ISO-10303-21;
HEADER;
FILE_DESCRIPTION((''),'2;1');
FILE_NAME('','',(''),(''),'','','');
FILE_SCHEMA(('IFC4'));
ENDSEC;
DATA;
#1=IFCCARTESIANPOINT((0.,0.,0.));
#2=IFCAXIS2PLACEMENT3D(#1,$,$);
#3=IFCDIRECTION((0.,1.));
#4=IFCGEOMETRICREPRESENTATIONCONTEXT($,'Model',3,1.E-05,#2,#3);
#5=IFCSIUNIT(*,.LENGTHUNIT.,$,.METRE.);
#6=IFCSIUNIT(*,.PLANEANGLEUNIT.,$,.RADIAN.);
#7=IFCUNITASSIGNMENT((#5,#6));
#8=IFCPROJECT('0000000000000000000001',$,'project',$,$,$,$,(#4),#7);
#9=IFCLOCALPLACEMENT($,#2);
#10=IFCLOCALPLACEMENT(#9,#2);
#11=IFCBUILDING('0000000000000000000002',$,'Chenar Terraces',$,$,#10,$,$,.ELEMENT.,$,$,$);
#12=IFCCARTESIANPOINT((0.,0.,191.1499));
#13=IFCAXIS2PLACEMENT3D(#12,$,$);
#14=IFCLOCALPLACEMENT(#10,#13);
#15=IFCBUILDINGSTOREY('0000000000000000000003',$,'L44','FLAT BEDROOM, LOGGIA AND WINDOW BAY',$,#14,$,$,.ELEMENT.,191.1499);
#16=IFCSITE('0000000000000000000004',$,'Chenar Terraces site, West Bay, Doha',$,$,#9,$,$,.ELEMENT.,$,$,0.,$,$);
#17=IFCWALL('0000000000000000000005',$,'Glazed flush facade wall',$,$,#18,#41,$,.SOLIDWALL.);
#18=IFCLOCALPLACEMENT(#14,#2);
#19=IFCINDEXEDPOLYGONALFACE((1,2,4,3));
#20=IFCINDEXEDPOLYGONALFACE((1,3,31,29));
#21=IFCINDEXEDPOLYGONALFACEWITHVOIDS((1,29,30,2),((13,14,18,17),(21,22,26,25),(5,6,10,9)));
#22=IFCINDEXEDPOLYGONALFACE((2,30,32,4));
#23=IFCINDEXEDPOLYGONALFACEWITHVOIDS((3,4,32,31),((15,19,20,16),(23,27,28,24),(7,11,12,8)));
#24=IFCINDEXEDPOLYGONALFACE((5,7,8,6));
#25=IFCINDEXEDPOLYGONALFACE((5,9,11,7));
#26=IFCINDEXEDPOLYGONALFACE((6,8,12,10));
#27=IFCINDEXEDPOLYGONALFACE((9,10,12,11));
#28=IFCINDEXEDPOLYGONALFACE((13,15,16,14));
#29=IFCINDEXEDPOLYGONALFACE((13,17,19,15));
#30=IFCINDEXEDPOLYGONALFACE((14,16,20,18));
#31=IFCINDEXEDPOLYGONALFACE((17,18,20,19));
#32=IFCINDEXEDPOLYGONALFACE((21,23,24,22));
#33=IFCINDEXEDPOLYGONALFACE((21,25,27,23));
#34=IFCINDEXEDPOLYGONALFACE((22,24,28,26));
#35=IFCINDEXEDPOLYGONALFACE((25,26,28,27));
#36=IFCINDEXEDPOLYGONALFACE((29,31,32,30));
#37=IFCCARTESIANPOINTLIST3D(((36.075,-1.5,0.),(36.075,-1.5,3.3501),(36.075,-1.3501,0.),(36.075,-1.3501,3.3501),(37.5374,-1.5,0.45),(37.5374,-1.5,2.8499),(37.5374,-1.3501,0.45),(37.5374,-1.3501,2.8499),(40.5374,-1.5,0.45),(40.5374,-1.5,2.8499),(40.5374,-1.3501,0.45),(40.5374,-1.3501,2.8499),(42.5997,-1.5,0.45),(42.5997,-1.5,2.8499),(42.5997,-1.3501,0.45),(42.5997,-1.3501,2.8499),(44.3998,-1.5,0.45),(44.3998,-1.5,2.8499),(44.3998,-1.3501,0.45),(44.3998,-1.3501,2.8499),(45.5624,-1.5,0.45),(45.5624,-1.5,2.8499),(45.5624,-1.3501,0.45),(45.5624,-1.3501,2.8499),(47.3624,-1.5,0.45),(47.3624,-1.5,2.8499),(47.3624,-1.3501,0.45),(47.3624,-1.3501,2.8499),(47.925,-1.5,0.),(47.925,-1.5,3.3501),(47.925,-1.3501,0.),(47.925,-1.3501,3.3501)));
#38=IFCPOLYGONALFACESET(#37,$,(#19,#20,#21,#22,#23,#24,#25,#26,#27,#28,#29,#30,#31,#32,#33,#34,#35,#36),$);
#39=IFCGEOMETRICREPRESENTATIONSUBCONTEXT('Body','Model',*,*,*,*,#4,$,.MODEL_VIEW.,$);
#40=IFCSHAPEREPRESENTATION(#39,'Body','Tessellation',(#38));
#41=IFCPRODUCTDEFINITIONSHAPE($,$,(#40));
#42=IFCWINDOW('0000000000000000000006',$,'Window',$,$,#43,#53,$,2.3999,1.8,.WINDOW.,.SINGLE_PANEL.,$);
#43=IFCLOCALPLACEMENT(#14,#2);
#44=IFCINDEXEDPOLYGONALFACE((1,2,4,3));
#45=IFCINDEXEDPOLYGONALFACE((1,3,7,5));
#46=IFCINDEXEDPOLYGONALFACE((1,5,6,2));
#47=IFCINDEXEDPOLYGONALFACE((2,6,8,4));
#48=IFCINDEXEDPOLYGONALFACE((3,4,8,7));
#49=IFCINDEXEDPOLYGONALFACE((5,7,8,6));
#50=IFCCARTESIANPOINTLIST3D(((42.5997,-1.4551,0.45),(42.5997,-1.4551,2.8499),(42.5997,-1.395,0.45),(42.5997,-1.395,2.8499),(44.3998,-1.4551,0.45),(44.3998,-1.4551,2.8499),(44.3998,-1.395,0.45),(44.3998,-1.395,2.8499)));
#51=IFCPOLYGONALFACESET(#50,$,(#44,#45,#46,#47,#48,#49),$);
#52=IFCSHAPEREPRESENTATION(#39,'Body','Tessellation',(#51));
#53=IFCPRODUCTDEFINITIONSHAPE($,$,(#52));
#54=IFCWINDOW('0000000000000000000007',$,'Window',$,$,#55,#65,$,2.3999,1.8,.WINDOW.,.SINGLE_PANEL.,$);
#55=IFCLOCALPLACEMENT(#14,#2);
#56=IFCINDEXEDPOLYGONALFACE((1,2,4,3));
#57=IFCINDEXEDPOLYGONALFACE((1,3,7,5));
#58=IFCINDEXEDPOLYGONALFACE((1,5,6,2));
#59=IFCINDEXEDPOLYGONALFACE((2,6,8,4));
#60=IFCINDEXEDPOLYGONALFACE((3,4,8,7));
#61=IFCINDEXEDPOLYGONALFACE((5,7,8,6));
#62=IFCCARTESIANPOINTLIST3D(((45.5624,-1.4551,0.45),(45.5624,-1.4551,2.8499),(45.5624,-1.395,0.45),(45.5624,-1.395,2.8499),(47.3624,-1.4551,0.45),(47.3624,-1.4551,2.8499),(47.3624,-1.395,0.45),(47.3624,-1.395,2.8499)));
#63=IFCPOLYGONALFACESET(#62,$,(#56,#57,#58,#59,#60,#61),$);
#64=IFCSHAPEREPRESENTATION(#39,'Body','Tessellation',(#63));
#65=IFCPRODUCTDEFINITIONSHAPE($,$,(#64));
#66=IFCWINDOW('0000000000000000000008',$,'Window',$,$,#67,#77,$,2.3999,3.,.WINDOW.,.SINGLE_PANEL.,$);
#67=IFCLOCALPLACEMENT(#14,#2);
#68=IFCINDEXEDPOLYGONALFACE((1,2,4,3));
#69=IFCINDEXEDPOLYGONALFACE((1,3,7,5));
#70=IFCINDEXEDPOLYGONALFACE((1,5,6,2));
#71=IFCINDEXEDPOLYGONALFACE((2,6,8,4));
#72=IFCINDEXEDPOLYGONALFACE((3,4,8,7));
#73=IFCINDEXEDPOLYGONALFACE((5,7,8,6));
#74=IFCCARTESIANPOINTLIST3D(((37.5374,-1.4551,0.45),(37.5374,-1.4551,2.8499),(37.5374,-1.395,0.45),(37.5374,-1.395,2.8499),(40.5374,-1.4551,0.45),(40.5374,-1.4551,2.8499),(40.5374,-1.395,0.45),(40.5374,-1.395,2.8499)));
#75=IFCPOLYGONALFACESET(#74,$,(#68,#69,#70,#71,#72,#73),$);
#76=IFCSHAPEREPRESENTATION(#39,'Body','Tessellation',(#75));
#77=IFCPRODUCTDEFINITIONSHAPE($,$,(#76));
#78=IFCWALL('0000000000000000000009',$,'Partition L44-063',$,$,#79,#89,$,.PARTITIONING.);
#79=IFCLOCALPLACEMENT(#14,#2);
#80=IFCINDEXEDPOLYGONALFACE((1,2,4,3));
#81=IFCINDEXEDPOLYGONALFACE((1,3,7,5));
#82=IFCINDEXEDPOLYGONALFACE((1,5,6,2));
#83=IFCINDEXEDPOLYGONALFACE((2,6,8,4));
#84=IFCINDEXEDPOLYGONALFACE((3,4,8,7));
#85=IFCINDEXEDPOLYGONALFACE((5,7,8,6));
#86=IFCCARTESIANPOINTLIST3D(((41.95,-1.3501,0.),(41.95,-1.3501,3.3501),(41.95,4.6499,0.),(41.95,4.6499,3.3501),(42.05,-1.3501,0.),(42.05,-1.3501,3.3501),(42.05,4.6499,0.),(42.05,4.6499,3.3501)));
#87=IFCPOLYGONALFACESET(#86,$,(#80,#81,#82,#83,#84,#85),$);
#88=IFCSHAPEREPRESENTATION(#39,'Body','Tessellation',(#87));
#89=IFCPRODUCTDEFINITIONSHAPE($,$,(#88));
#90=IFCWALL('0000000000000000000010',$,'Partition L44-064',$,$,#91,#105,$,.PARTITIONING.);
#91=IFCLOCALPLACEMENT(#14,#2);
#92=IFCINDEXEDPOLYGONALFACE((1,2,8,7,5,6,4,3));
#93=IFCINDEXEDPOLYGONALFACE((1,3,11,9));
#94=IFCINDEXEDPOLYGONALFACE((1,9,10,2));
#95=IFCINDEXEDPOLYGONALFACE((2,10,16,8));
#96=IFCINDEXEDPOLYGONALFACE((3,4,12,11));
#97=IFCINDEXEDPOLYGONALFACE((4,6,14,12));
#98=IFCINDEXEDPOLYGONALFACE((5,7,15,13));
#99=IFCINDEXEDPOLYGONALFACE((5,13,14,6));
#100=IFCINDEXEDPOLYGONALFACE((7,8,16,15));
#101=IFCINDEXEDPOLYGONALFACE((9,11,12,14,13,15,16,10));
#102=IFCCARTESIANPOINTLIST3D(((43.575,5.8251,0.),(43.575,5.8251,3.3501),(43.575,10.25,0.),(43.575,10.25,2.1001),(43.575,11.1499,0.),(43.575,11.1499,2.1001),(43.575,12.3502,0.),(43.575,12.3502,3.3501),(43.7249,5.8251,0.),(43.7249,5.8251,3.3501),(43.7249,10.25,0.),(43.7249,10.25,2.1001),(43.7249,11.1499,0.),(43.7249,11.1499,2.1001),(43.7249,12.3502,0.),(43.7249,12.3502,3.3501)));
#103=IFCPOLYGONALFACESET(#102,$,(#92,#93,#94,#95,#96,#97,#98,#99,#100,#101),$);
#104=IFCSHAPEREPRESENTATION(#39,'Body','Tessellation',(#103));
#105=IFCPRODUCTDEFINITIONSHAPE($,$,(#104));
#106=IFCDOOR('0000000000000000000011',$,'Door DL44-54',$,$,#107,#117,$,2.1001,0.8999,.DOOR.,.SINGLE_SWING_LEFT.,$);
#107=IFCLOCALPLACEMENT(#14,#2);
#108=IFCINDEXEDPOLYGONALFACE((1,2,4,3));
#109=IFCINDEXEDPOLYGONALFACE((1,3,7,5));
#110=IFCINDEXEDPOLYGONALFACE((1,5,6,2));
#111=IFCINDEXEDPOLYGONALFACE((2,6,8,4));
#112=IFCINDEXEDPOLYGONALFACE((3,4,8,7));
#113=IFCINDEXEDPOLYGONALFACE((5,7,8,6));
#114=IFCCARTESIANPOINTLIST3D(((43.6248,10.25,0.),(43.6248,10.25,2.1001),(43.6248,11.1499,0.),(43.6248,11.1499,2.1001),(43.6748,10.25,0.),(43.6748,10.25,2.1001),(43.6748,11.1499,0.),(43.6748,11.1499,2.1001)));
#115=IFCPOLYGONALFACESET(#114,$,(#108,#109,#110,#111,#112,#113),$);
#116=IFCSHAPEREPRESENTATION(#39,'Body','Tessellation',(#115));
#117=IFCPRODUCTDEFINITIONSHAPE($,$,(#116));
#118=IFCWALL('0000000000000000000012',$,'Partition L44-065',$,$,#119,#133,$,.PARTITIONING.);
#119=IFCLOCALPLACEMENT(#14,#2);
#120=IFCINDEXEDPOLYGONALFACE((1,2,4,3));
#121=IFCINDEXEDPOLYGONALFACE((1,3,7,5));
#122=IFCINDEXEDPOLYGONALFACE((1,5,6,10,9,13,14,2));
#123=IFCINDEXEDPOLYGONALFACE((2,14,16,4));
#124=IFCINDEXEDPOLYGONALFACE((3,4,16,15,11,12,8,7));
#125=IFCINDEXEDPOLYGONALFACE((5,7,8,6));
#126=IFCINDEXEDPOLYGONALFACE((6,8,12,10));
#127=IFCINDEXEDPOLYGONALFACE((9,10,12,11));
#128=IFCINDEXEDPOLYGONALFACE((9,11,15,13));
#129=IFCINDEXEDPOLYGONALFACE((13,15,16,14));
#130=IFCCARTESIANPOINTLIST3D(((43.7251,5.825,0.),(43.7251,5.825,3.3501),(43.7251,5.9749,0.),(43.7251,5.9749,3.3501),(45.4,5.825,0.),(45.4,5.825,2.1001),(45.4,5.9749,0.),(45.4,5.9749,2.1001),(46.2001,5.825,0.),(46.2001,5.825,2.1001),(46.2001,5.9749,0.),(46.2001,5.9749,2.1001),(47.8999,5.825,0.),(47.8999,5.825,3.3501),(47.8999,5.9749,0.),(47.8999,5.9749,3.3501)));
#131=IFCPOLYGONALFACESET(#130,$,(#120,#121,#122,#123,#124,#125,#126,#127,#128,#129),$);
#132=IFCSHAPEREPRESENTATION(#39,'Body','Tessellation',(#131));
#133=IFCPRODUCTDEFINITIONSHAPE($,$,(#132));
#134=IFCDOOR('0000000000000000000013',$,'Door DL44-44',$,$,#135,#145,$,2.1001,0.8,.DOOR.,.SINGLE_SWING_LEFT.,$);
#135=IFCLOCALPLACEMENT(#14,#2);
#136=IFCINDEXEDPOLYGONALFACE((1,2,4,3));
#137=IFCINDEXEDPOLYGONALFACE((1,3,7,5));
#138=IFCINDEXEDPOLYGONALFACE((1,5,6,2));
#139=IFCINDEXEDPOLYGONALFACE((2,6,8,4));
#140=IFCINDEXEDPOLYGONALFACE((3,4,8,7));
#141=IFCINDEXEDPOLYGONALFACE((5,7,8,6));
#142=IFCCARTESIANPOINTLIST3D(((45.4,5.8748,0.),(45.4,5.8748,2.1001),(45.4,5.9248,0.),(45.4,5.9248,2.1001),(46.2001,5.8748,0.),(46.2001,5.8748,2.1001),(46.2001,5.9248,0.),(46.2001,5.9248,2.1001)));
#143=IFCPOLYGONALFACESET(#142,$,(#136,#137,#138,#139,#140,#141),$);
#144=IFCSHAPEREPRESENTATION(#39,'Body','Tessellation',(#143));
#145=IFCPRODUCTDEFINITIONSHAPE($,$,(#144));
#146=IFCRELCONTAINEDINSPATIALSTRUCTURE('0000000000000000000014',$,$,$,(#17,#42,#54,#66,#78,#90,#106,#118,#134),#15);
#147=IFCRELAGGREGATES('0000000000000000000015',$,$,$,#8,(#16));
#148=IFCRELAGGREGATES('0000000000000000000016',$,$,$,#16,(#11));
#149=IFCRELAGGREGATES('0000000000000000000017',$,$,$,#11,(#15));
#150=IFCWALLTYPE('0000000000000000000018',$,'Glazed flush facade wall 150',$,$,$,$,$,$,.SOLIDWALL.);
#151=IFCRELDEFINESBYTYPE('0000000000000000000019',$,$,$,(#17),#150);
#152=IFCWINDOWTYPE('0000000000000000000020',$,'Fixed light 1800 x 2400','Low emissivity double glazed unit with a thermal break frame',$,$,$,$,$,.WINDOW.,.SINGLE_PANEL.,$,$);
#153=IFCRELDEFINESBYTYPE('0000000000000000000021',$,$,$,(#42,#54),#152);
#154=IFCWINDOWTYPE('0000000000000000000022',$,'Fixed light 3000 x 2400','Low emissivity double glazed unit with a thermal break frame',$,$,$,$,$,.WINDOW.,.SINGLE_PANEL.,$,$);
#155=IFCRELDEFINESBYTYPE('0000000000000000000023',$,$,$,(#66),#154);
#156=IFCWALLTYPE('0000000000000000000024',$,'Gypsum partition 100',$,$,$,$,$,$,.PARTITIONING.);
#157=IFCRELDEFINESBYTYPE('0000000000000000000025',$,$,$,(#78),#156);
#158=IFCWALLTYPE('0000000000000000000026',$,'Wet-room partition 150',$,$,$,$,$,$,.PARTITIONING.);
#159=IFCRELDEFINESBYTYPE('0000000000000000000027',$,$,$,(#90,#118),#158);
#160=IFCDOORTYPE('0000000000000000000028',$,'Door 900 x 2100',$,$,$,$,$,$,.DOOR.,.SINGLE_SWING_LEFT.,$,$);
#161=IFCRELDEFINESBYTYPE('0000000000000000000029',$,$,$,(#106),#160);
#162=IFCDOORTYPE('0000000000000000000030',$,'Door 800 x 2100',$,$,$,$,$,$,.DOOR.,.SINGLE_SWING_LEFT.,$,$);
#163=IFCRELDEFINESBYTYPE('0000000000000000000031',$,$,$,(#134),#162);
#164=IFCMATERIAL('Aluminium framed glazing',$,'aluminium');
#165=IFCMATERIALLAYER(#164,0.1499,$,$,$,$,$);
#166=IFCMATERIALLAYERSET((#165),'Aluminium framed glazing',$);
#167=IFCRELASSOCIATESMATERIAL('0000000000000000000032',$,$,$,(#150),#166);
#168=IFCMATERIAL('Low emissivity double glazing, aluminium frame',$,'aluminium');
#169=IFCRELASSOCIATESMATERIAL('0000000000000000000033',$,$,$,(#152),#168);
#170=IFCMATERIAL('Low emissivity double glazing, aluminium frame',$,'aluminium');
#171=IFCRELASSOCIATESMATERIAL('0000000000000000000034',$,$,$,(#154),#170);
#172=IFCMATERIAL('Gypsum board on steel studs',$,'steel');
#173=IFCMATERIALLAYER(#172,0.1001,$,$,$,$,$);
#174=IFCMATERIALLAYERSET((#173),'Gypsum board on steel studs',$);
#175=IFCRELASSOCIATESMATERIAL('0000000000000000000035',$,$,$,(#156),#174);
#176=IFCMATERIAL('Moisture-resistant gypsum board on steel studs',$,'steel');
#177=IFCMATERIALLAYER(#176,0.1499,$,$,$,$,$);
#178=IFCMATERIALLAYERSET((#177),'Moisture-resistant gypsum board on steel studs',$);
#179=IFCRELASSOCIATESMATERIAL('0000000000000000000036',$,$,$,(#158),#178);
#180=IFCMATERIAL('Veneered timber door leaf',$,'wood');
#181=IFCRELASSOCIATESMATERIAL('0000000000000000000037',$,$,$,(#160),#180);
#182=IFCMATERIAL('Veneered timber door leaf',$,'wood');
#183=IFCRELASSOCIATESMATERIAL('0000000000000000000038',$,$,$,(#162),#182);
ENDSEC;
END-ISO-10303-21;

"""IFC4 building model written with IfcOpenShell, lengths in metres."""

from ifc_helpers import new_model, si_unit, direction, frame, frame_2d, origin, place, context, subcontext, project, spatial, rectangle, extrude, material, layer, layer_set, type_object, element, fill, save


model = new_model("IFC4")

# Units and contexts
model_context = context("Model", 3, precision=1e-05, world=origin(), true_north=direction((0.0, 1.0)))
body_context = subcontext(model_context, "Body", "Model", "MODEL_VIEW")
ifc_project = project(units=[si_unit("LENGTHUNIT", "METRE"), si_unit("PLANEANGLEUNIT", "RADIAN")], contexts=[model_context])

# Site, building, storey
site_placement = place(None, origin())
site = spatial("IfcSite", under=ifc_project, at=site_placement, Name="Chenar Terraces site, West Bay, Doha", CompositionType="ELEMENT", RefElevation=0.0)
building_placement = place(site_placement, origin())
building = spatial("IfcBuilding", under=site, at=building_placement, Name="Chenar Terraces", CompositionType="ELEMENT")
storey_placement = place(building_placement, frame((0.0, 0.0, 191.1499)))
storey = spatial("IfcBuildingStorey", under=building, at=storey_placement, Name="L44", Description="FLAT BEDROOM, LOGGIA AND WINDOW BAY", CompositionType="ELEMENT", Elevation=191.1499)

# Wall, openings, windows
ifc_material_1 = material(Name="Aluminium framed glazing", Category="aluminium")
ifc_layer_1 = layer(ifc_material_1, 0.1499)
ifc_layer_set_1 = layer_set([ifc_layer_1], Name="Aluminium framed glazing")
wall_type_1 = type_object("IfcWallType", Name="Glazed flush facade wall 150", PredefinedType="SOLIDWALL", material=ifc_layer_set_1)
wall_1_placement = place(storey_placement, frame((36.075, -1.425, 0.0), z_axis=(0.0, 0.0, 1.0), x_axis=(1.0, 0.0, 0.0)))
wall_1 = element("IfcWall", 1, at=wall_1_placement, inside=storey, type_object=wall_type_1, Name="Glazed flush facade wall", PredefinedType="SOLIDWALL", context=body_context, shape_type="SweptSolid", body=[
    extrude(rectangle(XDim=11.8501, YDim=0.1499, at=frame_2d((5.925, 0.0))), origin(), (0.0, 0.0, 1.0), 3.3501),
])
opening_1_placement = place(wall_1_placement, frame((1.4624, 0.0, 0.45)))
opening_1 = element("IfcOpeningElement", 2, at=opening_1_placement, cuts=wall_1, PredefinedType="OPENING", context=body_context, shape_type="SweptSolid", body=[
    extrude(rectangle(XDim=3.0, YDim=2.3999, at=frame_2d((1.5, 1.2))), frame((0.0, 0.085, 0.0), z_axis=(0.0, -1.0, 0.0), x_axis=(1.0, 0.0, 0.0)), (0.0, 0.0, 1.0), 0.1699),
])
opening_2_placement = place(wall_1_placement, frame((6.5249, 0.0, 0.45)))
opening_2 = element("IfcOpeningElement", 3, at=opening_2_placement, cuts=wall_1, PredefinedType="OPENING", context=body_context, shape_type="SweptSolid", body=[
    extrude(rectangle(XDim=1.8, YDim=2.3999, at=frame_2d((0.8999, 1.2))), frame((0.0, 0.085, 0.0), z_axis=(0.0, -1.0, 0.0), x_axis=(1.0, 0.0, 0.0)), (0.0, 0.0, 1.0), 0.1699),
])
opening_3_placement = place(wall_1_placement, frame((9.4875, 0.0, 0.45)))
opening_3 = element("IfcOpeningElement", 4, at=opening_3_placement, cuts=wall_1, PredefinedType="OPENING", context=body_context, shape_type="SweptSolid", body=[
    extrude(rectangle(XDim=1.8, YDim=2.3999, at=frame_2d((0.8999, 1.2))), frame((0.0, 0.085, 0.0), z_axis=(0.0, -1.0, 0.0), x_axis=(1.0, 0.0, 0.0)), (0.0, 0.0, 1.0), 0.1699),
])
ifc_material_2 = material(Name="Low emissivity double glazing, aluminium frame", Category="aluminium")
window_type_1 = type_object("IfcWindowType", Name="Fixed light 1800 x 2400", Description="Low emissivity double glazed unit with a thermal break frame", PartitioningType="SINGLE_PANEL", PredefinedType="WINDOW", material=ifc_material_2)
window_1_placement = place(opening_2_placement, origin())
window_1 = element("IfcWindow", 5, at=window_1_placement, inside=storey, type_object=window_type_1, Name="Window", OverallHeight=2.3999, OverallWidth=1.8, PartitioningType="SINGLE_PANEL", PredefinedType="WINDOW", context=body_context, shape_type="SweptSolid", body=[
    extrude(rectangle(XDim=1.8, YDim=2.3999, at=frame_2d((0.8999, 1.2))), frame((0.0, 0.03, 0.0), z_axis=(0.0, -1.0, 0.0), x_axis=(1.0, 0.0, 0.0)), (0.0, 0.0, 1.0), 0.0601),
])
fill(opening_2, window_1)
window_2_placement = place(opening_3_placement, origin())
window_2 = element("IfcWindow", 6, at=window_2_placement, inside=storey, type_object=window_type_1, Name="Window", OverallHeight=2.3999, OverallWidth=1.8, PartitioningType="SINGLE_PANEL", PredefinedType="WINDOW", context=body_context, shape_type="SweptSolid", body=[
    extrude(rectangle(XDim=1.8, YDim=2.3999, at=frame_2d((0.8999, 1.2))), frame((0.0, 0.03, 0.0), z_axis=(0.0, -1.0, 0.0), x_axis=(1.0, 0.0, 0.0)), (0.0, 0.0, 1.0), 0.0601),
])
fill(opening_3, window_2)
ifc_material_3 = material(Name="Low emissivity double glazing, aluminium frame", Category="aluminium")
window_type_2 = type_object("IfcWindowType", Name="Fixed light 3000 x 2400", Description="Low emissivity double glazed unit with a thermal break frame", PartitioningType="SINGLE_PANEL", PredefinedType="WINDOW", material=ifc_material_3)
window_3_placement = place(opening_1_placement, origin())
window_3 = element("IfcWindow", 7, at=window_3_placement, inside=storey, type_object=window_type_2, Name="Window", OverallHeight=2.3999, OverallWidth=3.0, PartitioningType="SINGLE_PANEL", PredefinedType="WINDOW", context=body_context, shape_type="SweptSolid", body=[
    extrude(rectangle(XDim=3.0, YDim=2.3999, at=frame_2d((1.5, 1.2))), frame((0.0, 0.03, 0.0), z_axis=(0.0, -1.0, 0.0), x_axis=(1.0, 0.0, 0.0)), (0.0, 0.0, 1.0), 0.0601),
])
fill(opening_1, window_3)

# Wall
ifc_material_4 = material(Name="Gypsum board on steel studs", Category="steel")
ifc_layer_2 = layer(ifc_material_4, 0.1001)
ifc_layer_set_2 = layer_set([ifc_layer_2], Name="Gypsum board on steel studs")
wall_type_2 = type_object("IfcWallType", Name="Gypsum partition 100", PredefinedType="PARTITIONING", material=ifc_layer_set_2)
wall_2_placement = place(storey_placement, frame((42.0, -1.3501, 0.0), z_axis=(0.0, 0.0, 1.0), x_axis=(0.0, 1.0, 0.0)))
element("IfcWall", 8, at=wall_2_placement, inside=storey, type_object=wall_type_2, Name="Partition L44-063", PredefinedType="PARTITIONING", context=body_context, shape_type="SweptSolid", body=[
    extrude(rectangle(XDim=6.0, YDim=0.1001, at=frame_2d((3.0, 0.0))), origin(), (0.0, 0.0, 1.0), 3.3501),
])

# Walls, openings, doors
ifc_material_5 = material(Name="Moisture-resistant gypsum board on steel studs", Category="steel")
ifc_layer_3 = layer(ifc_material_5, 0.1499)
ifc_layer_set_3 = layer_set([ifc_layer_3], Name="Moisture-resistant gypsum board on steel studs")
wall_type_3 = type_object("IfcWallType", Name="Wet-room partition 150", PredefinedType="PARTITIONING", material=ifc_layer_set_3)
wall_3_placement = place(storey_placement, frame((43.6499, 5.825, 0.0), z_axis=(0.0, 0.0, 1.0), x_axis=(0.0, 1.0, 0.0)))
wall_3 = element("IfcWall", 9, at=wall_3_placement, inside=storey, type_object=wall_type_3, Name="Partition L44-064", PredefinedType="PARTITIONING", context=body_context, shape_type="SweptSolid", body=[
    extrude(rectangle(XDim=6.5251, YDim=0.1499, at=frame_2d((3.2627, 0.0))), origin(), (0.0, 0.0, 1.0), 3.3501),
])
opening_4_placement = place(wall_3_placement, frame((4.425, 0.0, 0.0)))
opening_4 = element("IfcOpeningElement", 10, at=opening_4_placement, cuts=wall_3, PredefinedType="OPENING", context=body_context, shape_type="SweptSolid", body=[
    extrude(rectangle(XDim=0.8999, YDim=2.1001, at=frame_2d((0.45, 1.05))), frame((0.0, 0.085, 0.0), z_axis=(0.0, -1.0, 0.0), x_axis=(1.0, 0.0, 0.0)), (0.0, 0.0, 1.0), 0.1699),
])
ifc_material_6 = material(Name="Veneered timber door leaf", Category="wood")
door_type_1 = type_object("IfcDoorType", Name="Door 900 x 2100", OperationType="SINGLE_SWING_LEFT", PredefinedType="DOOR", material=ifc_material_6)
door_1_placement = place(opening_4_placement, frame((0.8999, 0.0, 0.0), z_axis=(0.0, 0.0, 1.0), x_axis=(-1.0, 0.0, 0.0)))
door_1 = element("IfcDoor", 11, at=door_1_placement, inside=storey, type_object=door_type_1, Name="Door DL44-54", OperationType="SINGLE_SWING_LEFT", OverallHeight=2.1001, OverallWidth=0.8999, PredefinedType="DOOR", context=body_context, shape_type="SweptSolid", body=[
    extrude(rectangle(XDim=0.8999, YDim=2.1001, at=frame_2d((0.45, 1.05))), frame((0.0, 0.0249, 0.0), z_axis=(0.0, -1.0, 0.0), x_axis=(1.0, 0.0, 0.0)), (0.0, 0.0, 1.0), 0.05),
])
fill(opening_4, door_1)
wall_4_placement = place(storey_placement, frame((43.7251, 5.8999, 0.0), z_axis=(0.0, 0.0, 1.0), x_axis=(1.0, 0.0, 0.0)))
wall_4 = element("IfcWall", 12, at=wall_4_placement, inside=storey, type_object=wall_type_3, Name="Partition L44-065", PredefinedType="PARTITIONING", context=body_context, shape_type="SweptSolid", body=[
    extrude(rectangle(XDim=4.1748, YDim=0.1499, at=frame_2d((2.0874, 0.0))), origin(), (0.0, 0.0, 1.0), 3.3501),
])
opening_5_placement = place(wall_4_placement, frame((1.675, 0.0, 0.0)))
opening_5 = element("IfcOpeningElement", 13, at=opening_5_placement, cuts=wall_4, PredefinedType="OPENING", context=body_context, shape_type="SweptSolid", body=[
    extrude(rectangle(XDim=0.8, YDim=2.1001, at=frame_2d((0.3999, 1.05))), frame((0.0, 0.085, 0.0), z_axis=(0.0, -1.0, 0.0), x_axis=(1.0, 0.0, 0.0)), (0.0, 0.0, 1.0), 0.1699),
])
ifc_material_7 = material(Name="Veneered timber door leaf", Category="wood")
door_type_2 = type_object("IfcDoorType", Name="Door 800 x 2100", OperationType="SINGLE_SWING_LEFT", PredefinedType="DOOR", material=ifc_material_7)
door_2_placement = place(opening_5_placement, origin())
door_2 = element("IfcDoor", 14, at=door_2_placement, inside=storey, type_object=door_type_2, Name="Door DL44-44", OperationType="SINGLE_SWING_LEFT", OverallHeight=2.1001, OverallWidth=0.8, PredefinedType="DOOR", context=body_context, shape_type="SweptSolid", body=[
    extrude(rectangle(XDim=0.8, YDim=2.1001, at=frame_2d((0.3999, 1.05))), frame((0.0, 0.0249, 0.0), z_axis=(0.0, -1.0, 0.0), x_axis=(1.0, 0.0, 0.0)), (0.0, 0.0, 1.0), 0.05),
])
fill(opening_5, door_2)

save(model, "model.ifc")
